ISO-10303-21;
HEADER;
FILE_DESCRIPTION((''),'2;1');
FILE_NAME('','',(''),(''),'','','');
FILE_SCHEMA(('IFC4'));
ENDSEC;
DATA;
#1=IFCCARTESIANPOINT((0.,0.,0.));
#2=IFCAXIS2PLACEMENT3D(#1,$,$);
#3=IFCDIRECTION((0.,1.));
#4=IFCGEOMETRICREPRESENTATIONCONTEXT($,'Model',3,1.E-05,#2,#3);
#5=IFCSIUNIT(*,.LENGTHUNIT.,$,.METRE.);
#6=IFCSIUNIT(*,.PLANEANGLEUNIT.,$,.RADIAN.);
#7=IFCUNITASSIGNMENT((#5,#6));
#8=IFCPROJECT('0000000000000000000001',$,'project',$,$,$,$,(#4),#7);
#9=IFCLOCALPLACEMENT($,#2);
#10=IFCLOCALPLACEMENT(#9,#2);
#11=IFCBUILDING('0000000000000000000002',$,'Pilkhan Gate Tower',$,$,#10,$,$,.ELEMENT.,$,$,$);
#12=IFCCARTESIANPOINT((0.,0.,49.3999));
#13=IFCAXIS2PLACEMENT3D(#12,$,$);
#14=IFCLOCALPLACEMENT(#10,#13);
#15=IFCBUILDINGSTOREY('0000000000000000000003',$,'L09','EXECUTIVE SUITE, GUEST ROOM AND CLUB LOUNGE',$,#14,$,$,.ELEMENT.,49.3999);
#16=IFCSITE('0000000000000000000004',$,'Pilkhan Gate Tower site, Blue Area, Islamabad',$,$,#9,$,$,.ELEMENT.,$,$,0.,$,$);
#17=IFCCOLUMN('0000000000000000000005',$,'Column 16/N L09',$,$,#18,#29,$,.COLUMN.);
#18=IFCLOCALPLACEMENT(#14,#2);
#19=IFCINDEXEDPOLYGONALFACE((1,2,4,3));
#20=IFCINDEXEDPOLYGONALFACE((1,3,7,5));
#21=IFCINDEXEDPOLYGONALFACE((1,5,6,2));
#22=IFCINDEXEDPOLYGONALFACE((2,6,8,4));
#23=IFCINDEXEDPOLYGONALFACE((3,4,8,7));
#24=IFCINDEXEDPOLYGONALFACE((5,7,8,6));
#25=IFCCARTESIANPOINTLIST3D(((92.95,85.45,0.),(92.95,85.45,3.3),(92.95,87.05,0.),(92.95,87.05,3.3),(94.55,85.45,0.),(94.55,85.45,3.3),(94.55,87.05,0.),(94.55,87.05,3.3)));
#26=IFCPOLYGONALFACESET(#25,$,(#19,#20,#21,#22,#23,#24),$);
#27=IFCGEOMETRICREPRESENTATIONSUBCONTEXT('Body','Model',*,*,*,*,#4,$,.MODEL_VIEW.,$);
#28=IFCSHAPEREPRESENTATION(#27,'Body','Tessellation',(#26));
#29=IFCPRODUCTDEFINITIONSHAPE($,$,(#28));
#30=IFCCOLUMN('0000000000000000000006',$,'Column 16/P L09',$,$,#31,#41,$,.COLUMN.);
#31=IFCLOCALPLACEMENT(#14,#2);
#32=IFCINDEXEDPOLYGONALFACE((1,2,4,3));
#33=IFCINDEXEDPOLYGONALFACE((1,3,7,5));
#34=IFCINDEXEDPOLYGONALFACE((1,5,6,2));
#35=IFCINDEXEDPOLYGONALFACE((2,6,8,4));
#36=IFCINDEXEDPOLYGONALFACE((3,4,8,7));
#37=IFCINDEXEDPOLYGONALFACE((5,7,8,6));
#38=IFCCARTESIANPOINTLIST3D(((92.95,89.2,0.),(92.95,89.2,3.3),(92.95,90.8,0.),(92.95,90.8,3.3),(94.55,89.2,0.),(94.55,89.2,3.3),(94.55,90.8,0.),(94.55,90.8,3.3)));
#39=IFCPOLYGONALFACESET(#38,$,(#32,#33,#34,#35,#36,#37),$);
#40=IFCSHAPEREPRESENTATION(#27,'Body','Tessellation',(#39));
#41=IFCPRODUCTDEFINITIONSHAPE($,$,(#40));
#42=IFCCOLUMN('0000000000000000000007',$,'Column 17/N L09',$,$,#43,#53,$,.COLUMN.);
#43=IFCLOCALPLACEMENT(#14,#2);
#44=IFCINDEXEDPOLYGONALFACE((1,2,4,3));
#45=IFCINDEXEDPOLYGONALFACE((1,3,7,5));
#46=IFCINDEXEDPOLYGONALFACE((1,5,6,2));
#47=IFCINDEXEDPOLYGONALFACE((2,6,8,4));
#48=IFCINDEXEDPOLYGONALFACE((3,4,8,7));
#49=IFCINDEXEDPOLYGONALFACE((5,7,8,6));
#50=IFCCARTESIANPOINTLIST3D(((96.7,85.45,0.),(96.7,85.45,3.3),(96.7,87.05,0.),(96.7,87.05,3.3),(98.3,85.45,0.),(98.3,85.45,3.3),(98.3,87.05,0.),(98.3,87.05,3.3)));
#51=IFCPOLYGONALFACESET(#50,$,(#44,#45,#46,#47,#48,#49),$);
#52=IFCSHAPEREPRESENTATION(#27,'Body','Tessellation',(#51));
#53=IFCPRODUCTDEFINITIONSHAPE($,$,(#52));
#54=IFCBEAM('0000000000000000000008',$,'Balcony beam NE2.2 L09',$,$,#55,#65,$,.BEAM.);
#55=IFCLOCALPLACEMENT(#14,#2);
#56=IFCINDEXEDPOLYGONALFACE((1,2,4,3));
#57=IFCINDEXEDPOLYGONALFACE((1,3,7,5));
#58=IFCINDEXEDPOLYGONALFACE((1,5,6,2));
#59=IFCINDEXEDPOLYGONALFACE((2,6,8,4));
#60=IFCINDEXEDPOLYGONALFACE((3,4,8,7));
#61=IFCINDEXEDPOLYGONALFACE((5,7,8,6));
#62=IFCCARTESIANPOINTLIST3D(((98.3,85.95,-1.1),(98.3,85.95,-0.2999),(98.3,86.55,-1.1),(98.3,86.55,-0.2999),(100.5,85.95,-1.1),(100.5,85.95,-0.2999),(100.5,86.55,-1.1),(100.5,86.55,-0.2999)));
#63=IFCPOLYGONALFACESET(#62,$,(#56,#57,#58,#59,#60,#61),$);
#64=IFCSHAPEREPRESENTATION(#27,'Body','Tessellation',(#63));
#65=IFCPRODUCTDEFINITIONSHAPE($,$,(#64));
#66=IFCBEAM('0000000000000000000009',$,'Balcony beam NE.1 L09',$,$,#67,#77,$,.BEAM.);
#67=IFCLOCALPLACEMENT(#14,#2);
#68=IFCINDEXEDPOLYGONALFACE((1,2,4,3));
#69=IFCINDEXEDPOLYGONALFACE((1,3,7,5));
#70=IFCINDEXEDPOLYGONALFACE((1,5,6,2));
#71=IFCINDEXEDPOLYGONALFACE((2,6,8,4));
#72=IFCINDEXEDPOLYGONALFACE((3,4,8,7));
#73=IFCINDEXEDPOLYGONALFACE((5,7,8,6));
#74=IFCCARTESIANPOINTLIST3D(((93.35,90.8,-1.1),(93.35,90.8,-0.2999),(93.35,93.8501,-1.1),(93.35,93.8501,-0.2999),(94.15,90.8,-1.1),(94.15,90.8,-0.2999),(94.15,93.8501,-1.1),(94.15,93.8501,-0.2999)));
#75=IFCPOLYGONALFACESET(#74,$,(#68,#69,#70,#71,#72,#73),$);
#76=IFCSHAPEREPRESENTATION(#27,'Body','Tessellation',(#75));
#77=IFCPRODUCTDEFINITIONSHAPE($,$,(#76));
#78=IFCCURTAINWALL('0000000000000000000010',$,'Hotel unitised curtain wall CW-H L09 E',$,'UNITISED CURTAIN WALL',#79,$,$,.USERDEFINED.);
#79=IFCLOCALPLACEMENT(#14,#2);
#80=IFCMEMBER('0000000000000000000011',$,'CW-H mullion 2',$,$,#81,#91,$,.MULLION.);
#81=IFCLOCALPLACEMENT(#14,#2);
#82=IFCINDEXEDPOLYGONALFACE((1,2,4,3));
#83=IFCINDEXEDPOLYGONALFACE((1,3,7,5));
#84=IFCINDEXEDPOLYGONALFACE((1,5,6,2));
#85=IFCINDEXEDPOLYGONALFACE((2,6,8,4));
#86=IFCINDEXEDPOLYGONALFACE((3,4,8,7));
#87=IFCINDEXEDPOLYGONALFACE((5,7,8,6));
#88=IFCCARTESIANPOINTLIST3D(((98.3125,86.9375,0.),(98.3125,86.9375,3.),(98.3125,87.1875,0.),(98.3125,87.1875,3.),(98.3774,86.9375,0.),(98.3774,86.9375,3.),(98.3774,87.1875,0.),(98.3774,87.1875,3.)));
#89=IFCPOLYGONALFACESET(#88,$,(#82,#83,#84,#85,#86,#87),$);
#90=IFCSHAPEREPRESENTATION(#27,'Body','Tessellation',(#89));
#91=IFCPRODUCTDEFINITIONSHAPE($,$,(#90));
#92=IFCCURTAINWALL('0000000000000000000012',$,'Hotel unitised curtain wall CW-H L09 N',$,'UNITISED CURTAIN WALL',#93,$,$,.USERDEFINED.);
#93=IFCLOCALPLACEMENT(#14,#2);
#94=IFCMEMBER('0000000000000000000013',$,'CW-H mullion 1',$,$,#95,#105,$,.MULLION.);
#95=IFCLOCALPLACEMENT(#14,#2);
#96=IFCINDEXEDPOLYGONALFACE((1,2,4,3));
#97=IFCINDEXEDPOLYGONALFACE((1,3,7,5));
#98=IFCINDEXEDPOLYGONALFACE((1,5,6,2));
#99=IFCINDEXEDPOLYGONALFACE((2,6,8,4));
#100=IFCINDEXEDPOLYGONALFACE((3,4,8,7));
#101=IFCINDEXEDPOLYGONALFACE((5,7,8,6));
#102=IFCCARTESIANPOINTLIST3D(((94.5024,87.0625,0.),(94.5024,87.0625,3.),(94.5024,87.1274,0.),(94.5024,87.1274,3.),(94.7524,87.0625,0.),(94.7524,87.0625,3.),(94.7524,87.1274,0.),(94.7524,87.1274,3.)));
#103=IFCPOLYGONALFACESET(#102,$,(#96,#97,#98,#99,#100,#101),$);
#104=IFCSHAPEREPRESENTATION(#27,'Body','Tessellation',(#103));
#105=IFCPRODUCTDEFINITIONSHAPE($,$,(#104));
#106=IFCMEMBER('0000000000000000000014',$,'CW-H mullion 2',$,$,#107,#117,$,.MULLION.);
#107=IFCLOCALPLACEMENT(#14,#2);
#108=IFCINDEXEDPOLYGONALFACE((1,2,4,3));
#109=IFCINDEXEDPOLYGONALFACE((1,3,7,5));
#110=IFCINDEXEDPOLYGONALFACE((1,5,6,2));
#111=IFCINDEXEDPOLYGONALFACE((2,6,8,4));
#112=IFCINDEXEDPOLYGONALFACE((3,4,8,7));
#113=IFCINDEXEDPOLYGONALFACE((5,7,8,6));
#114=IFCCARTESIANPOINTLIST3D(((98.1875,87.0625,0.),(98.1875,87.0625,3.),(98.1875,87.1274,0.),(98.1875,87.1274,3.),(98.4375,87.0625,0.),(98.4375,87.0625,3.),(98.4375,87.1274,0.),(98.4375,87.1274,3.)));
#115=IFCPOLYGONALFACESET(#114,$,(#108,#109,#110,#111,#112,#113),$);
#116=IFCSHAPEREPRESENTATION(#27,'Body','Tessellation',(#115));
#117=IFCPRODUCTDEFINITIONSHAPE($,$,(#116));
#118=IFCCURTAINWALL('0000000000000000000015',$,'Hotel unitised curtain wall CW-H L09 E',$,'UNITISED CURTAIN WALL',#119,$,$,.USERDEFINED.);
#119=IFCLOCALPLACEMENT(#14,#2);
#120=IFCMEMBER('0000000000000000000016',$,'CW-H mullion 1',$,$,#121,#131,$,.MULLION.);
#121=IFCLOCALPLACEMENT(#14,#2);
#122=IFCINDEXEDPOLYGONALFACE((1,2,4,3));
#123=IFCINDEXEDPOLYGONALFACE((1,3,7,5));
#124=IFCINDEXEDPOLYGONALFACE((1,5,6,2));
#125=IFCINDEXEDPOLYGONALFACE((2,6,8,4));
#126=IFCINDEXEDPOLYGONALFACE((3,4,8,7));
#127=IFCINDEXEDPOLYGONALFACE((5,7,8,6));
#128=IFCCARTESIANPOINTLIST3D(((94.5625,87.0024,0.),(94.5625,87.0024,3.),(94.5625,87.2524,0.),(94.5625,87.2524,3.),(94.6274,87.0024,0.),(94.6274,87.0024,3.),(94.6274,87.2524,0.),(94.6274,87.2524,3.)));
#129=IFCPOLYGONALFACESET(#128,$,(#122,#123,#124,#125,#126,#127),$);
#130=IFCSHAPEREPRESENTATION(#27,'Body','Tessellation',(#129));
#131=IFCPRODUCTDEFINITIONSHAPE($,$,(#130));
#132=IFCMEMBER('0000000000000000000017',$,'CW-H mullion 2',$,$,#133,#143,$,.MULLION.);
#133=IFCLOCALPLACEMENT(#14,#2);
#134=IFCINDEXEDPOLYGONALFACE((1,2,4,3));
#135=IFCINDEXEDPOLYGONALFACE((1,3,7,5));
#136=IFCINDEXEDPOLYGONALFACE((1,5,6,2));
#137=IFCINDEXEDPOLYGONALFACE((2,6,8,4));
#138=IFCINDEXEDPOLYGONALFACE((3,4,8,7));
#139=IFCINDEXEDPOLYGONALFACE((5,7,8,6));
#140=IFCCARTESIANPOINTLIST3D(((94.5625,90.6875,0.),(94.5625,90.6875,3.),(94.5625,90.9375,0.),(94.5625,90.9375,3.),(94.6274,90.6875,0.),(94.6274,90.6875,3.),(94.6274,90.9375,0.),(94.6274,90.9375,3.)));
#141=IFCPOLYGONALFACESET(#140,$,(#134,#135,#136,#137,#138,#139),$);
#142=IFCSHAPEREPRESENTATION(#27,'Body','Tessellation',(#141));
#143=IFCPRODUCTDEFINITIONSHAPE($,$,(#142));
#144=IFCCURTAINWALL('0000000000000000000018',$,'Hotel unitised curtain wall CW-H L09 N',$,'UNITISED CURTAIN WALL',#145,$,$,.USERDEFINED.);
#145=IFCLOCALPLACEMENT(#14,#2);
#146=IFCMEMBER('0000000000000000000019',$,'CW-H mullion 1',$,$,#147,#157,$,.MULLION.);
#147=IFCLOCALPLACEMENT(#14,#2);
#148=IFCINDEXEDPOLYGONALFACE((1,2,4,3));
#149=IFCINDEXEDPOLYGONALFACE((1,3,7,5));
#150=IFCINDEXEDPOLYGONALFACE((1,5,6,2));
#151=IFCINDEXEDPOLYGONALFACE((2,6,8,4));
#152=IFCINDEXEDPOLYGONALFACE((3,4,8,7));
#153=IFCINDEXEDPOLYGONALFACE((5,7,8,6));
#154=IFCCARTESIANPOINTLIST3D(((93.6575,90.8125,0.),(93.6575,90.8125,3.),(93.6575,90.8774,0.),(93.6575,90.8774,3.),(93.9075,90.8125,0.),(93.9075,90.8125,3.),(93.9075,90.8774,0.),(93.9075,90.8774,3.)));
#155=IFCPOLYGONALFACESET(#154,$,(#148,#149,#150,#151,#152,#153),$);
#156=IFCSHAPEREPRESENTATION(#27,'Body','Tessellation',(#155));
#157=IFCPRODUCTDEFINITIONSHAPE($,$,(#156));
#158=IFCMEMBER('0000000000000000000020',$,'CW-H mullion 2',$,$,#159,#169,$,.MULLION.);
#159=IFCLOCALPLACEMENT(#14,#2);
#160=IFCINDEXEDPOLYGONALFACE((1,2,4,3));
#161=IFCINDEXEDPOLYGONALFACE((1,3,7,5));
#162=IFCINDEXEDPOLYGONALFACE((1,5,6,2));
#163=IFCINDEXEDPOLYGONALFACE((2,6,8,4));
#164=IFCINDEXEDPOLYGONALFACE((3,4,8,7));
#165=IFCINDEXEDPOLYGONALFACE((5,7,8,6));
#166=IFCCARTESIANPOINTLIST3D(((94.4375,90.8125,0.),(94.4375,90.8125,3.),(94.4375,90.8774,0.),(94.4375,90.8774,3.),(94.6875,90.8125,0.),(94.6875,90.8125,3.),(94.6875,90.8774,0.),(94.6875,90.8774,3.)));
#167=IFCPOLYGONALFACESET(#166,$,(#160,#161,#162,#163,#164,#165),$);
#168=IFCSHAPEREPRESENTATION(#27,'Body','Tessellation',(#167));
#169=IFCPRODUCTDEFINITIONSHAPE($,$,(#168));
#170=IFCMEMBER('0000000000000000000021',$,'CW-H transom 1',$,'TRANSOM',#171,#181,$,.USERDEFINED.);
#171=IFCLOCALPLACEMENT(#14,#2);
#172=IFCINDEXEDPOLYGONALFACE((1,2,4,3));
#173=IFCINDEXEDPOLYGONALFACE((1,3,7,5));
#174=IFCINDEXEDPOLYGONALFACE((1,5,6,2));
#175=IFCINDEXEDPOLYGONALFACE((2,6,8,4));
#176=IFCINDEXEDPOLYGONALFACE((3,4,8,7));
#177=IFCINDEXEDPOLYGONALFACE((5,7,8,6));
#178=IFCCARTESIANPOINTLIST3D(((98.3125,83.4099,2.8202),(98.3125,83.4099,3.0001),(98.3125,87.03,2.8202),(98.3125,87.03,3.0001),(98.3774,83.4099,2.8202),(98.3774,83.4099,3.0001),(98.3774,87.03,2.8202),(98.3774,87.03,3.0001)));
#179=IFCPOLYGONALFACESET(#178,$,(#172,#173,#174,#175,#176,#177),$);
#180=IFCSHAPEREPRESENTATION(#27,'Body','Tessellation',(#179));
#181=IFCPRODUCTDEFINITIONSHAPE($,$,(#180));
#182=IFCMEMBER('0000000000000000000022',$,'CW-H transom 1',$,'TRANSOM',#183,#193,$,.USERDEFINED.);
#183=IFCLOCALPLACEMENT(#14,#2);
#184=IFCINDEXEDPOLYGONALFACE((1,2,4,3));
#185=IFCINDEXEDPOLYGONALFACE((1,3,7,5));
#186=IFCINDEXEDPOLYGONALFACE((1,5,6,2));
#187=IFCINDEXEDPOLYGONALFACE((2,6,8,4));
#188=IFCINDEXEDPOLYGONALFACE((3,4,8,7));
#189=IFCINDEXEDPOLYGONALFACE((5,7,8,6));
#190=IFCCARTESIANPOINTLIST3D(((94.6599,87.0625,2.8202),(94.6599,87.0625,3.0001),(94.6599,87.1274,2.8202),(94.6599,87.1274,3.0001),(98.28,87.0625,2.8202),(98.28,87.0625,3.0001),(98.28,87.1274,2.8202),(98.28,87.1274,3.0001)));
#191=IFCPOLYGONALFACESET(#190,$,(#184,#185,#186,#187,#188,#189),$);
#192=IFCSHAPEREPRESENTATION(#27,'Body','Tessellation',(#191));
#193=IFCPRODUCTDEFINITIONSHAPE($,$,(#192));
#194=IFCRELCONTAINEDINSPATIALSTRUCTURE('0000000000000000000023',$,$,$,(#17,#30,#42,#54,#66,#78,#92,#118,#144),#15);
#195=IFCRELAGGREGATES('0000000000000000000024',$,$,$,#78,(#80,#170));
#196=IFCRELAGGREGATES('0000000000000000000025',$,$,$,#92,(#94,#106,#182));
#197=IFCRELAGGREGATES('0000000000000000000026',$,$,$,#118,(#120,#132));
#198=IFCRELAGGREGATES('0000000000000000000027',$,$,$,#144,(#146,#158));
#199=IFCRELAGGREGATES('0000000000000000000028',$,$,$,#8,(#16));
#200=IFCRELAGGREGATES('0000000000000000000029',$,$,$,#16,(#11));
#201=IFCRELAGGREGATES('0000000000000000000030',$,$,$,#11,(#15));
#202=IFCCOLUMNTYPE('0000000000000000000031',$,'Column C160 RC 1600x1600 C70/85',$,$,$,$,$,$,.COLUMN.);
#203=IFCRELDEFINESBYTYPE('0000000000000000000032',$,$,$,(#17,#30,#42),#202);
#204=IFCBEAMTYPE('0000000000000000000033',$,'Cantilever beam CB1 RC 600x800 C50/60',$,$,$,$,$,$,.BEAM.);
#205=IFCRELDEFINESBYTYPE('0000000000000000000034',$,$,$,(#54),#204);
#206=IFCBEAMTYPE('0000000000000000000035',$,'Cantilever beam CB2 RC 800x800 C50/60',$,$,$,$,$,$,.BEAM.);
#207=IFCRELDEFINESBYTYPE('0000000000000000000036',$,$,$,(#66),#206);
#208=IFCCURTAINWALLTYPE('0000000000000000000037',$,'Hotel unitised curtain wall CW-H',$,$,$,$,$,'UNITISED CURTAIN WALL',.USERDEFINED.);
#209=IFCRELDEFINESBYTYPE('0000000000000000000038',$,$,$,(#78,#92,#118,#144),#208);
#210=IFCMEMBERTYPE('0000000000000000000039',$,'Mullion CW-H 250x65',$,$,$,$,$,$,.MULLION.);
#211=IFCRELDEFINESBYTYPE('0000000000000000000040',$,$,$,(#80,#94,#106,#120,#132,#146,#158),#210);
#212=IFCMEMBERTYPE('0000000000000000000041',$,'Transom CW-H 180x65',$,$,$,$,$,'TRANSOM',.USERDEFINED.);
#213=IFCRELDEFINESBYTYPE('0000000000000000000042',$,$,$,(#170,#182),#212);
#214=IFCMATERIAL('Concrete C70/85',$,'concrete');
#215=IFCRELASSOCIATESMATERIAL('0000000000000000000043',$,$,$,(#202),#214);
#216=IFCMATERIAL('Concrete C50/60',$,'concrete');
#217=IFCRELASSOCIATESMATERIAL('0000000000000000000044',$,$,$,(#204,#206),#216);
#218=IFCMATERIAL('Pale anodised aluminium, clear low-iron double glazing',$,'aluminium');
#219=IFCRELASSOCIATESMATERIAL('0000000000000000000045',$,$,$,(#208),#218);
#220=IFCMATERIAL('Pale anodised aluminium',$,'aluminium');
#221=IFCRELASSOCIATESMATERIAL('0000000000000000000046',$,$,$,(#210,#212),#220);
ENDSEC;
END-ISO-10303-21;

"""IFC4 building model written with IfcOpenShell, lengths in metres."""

from ifc_helpers import new_model, si_unit, direction, frame, origin, origin_2d, place, context, subcontext, project, spatial, rectangle, extrude, material, material_profile, profile_set, type_object, element, aggregate, save


model = new_model("IFC4")

# Units and contexts
model_context = context("Model", 3, precision=1e-05, world=origin(), true_north=direction((0.0, 1.0)))
body_context = subcontext(model_context, "Body", "Model", "MODEL_VIEW")
ifc_project = project(units=[si_unit("LENGTHUNIT", "METRE"), si_unit("PLANEANGLEUNIT", "RADIAN")], contexts=[model_context])

# Site, building, storey
site_placement = place(None, origin())
site = spatial("IfcSite", under=ifc_project, at=site_placement, Name="Pilkhan Gate Tower site, Blue Area, Islamabad", CompositionType="ELEMENT", RefElevation=0.0)
building_placement = place(site_placement, origin())
building = spatial("IfcBuilding", under=site, at=building_placement, Name="Pilkhan Gate Tower", CompositionType="ELEMENT")
storey_placement = place(building_placement, frame((0.0, 0.0, 49.3999)))
storey = spatial("IfcBuildingStorey", under=building, at=storey_placement, Name="L09", Description="EXECUTIVE SUITE, GUEST ROOM AND CLUB LOUNGE", CompositionType="ELEMENT", Elevation=49.3999)

# Columns
ifc_material_1 = material(Name="Concrete C70/85", Category="concrete")
ifc_material_profile_1 = material_profile(ifc_material_1, rectangle(XDim=1.6001, YDim=1.6001, at=origin_2d()), Name="RC 1600x1600")
ifc_profile_set_1 = profile_set([ifc_material_profile_1], Name="Concrete C70/85")
column_type = type_object("IfcColumnType", Name="Column C160 RC 1600x1600 C70/85", PredefinedType="COLUMN", material=ifc_profile_set_1)
for number, where, z_axis, x_axis, name in (
    (1, (93.75, 86.25, 0.0), (0.0, 0.0, 1.0), (1.0, 0.0, 0.0), "Column 16/N L09"),
    (2, (93.75, 90.0, 0.0), (0.0, 0.0, 1.0), (1.0, 0.0, 0.0), "Column 16/P L09"),
    (3, (97.5, 86.25, 0.0), (0.0, 0.0, 1.0), (1.0, 0.0, 0.0), "Column 17/N L09"),
):
    element("IfcColumn", number, at=place(storey_placement, frame(where, z_axis=z_axis, x_axis=x_axis)), inside=storey, type_object=column_type, Name=name, PredefinedType="COLUMN", context=body_context, shape_type="SweptSolid", body=[
        extrude(rectangle(XDim=1.6001, YDim=1.6001, at=origin_2d()), origin(), (0.0, 0.0, 1.0), 3.3),
    ])

# Beams
ifc_material_2 = material(Name="Concrete C50/60", Category="concrete")
ifc_material_profile_2 = material_profile(ifc_material_2, rectangle(XDim=0.6001, YDim=0.8, at=origin_2d()), Name="RC 600x800")
ifc_profile_set_2 = profile_set([ifc_material_profile_2], Name="Concrete C50/60")
beam_type_1 = type_object("IfcBeamType", Name="Cantilever beam CB1 RC 600x800 C50/60", PredefinedType="BEAM", material=ifc_profile_set_2)
beam_1_placement = place(storey_placement, frame((98.3, 86.25, -0.7), z_axis=(1.0, 0.0, 0.0), x_axis=(0.0, 1.0, 0.0)))
element("IfcBeam", 4, at=beam_1_placement, inside=storey, type_object=beam_type_1, Name="Balcony beam NE2.2 L09", PredefinedType="BEAM", context=body_context, shape_type="SweptSolid", body=[
    extrude(rectangle(XDim=0.6001, YDim=0.8, at=origin_2d()), origin(), (0.0, 0.0, 1.0), 2.2),
])
ifc_material_profile_3 = material_profile(ifc_material_2, rectangle(XDim=0.8, YDim=0.8, at=origin_2d()), Name="RC 800x800")
ifc_profile_set_3 = profile_set([ifc_material_profile_3], Name="Concrete C50/60")
beam_type_2 = type_object("IfcBeamType", Name="Cantilever beam CB2 RC 800x800 C50/60", PredefinedType="BEAM", material=ifc_profile_set_3)
beam_2_placement = place(storey_placement, frame((93.75, 90.8, -0.7), z_axis=(0.0, 1.0, 0.0), x_axis=(-1.0, 0.0, 0.0)))
element("IfcBeam", 5, at=beam_2_placement, inside=storey, type_object=beam_type_2, Name="Balcony beam NE.1 L09", PredefinedType="BEAM", context=body_context, shape_type="SweptSolid", body=[
    extrude(rectangle(XDim=0.8, YDim=0.8, at=origin_2d()), origin(), (0.0, 0.0, 1.0), 3.05),
])

# Curtain wall, member
ifc_material_3 = material(Name="Pale anodised aluminium, clear low-iron double glazing", Category="aluminium")
curtain_wall_type = type_object("IfcCurtainWallType", Name="Hotel unitised curtain wall CW-H", ElementType="UNITISED CURTAIN WALL", PredefinedType="USERDEFINED", material=ifc_material_3)
curtain_wall_1_placement = place(storey_placement, origin())
curtain_wall_1 = element("IfcCurtainWall", 6, at=curtain_wall_1_placement, inside=storey, type_object=curtain_wall_type, Name="Hotel unitised curtain wall CW-H L09 E", ObjectType="UNITISED CURTAIN WALL", PredefinedType="USERDEFINED")
ifc_material_4 = material(Name="Pale anodised aluminium", Category="aluminium")
ifc_material_profile_4 = material_profile(ifc_material_4, rectangle(XDim=0.0649, YDim=0.25, at=origin_2d()), Name="Mullion 250x65")
ifc_profile_set_4 = profile_set([ifc_material_profile_4], Name="Pale anodised aluminium")
member_type_1 = type_object("IfcMemberType", Name="Mullion CW-H 250x65", PredefinedType="MULLION", material=ifc_profile_set_4)
member_1_placement = place(storey_placement, frame((98.345, 87.0625, 0.0), z_axis=(0.0, 0.0, 1.0), x_axis=(-1.0, 0.0, 0.0)))
member_1 = element("IfcMember", 7, at=member_1_placement, type_object=member_type_1, Name="CW-H mullion 2", PredefinedType="MULLION", context=body_context, shape_type="SweptSolid", body=[
    extrude(rectangle(XDim=0.0649, YDim=0.25, at=origin_2d()), origin(), (0.0, 0.0, 1.0), 3.0),
])

# Curtain walls, members
curtain_wall_2_placement = place(storey_placement, origin())
curtain_wall_2 = element("IfcCurtainWall", 8, at=curtain_wall_2_placement, inside=storey, type_object=curtain_wall_type, Name="Hotel unitised curtain wall CW-H L09 N", ObjectType="UNITISED CURTAIN WALL", PredefinedType="USERDEFINED")
member_2_placement = place(storey_placement, frame((94.6274, 87.095, 0.0), z_axis=(0.0, 0.0, 1.0), x_axis=(0.0, 1.0, 0.0)))
member_2 = element("IfcMember", 9, at=member_2_placement, type_object=member_type_1, Name="CW-H mullion 1", PredefinedType="MULLION", context=body_context, shape_type="SweptSolid", body=[
    extrude(rectangle(XDim=0.0649, YDim=0.25, at=origin_2d()), origin(), (0.0, 0.0, 1.0), 3.0),
])
member_3_placement = place(storey_placement, frame((98.3125, 87.095, 0.0), z_axis=(0.0, 0.0, 1.0), x_axis=(0.0, 1.0, 0.0)))
member_3 = element("IfcMember", 10, at=member_3_placement, type_object=member_type_1, Name="CW-H mullion 2", PredefinedType="MULLION", context=body_context, shape_type="SweptSolid", body=[
    extrude(rectangle(XDim=0.0649, YDim=0.25, at=origin_2d()), origin(), (0.0, 0.0, 1.0), 3.0),
])
curtain_wall_3_placement = place(storey_placement, origin())
curtain_wall_3 = element("IfcCurtainWall", 11, at=curtain_wall_3_placement, inside=storey, type_object=curtain_wall_type, Name="Hotel unitised curtain wall CW-H L09 E", ObjectType="UNITISED CURTAIN WALL", PredefinedType="USERDEFINED")
member_4_placement = place(storey_placement, frame((94.595, 87.1274, 0.0), z_axis=(0.0, 0.0, 1.0), x_axis=(-1.0, 0.0, 0.0)))
member_4 = element("IfcMember", 12, at=member_4_placement, type_object=member_type_1, Name="CW-H mullion 1", PredefinedType="MULLION", context=body_context, shape_type="SweptSolid", body=[
    extrude(rectangle(XDim=0.0649, YDim=0.25, at=origin_2d()), origin(), (0.0, 0.0, 1.0), 3.0),
])
member_5_placement = place(storey_placement, frame((94.595, 90.8125, 0.0), z_axis=(0.0, 0.0, 1.0), x_axis=(-1.0, 0.0, 0.0)))
member_5 = element("IfcMember", 13, at=member_5_placement, type_object=member_type_1, Name="CW-H mullion 2", PredefinedType="MULLION", context=body_context, shape_type="SweptSolid", body=[
    extrude(rectangle(XDim=0.0649, YDim=0.25, at=origin_2d()), origin(), (0.0, 0.0, 1.0), 3.0),
])
curtain_wall_4_placement = place(storey_placement, origin())
curtain_wall_4 = element("IfcCurtainWall", 14, at=curtain_wall_4_placement, inside=storey, type_object=curtain_wall_type, Name="Hotel unitised curtain wall CW-H L09 N", ObjectType="UNITISED CURTAIN WALL", PredefinedType="USERDEFINED")
member_6_placement = place(storey_placement, frame((93.7825, 90.845, 0.0), z_axis=(0.0, 0.0, 1.0), x_axis=(0.0, 1.0, 0.0)))
member_6 = element("IfcMember", 15, at=member_6_placement, type_object=member_type_1, Name="CW-H mullion 1", PredefinedType="MULLION", context=body_context, shape_type="SweptSolid", body=[
    extrude(rectangle(XDim=0.0649, YDim=0.25, at=origin_2d()), origin(), (0.0, 0.0, 1.0), 3.0),
])
member_7_placement = place(storey_placement, frame((94.5625, 90.845, 0.0), z_axis=(0.0, 0.0, 1.0), x_axis=(0.0, 1.0, 0.0)))
member_7 = element("IfcMember", 16, at=member_7_placement, type_object=member_type_1, Name="CW-H mullion 2", PredefinedType="MULLION", context=body_context, shape_type="SweptSolid", body=[
    extrude(rectangle(XDim=0.0649, YDim=0.25, at=origin_2d()), origin(), (0.0, 0.0, 1.0), 3.0),
])

# Members
ifc_material_profile_5 = material_profile(ifc_material_4, rectangle(XDim=0.0649, YDim=0.1799, at=origin_2d()), Name="Transom 180x65")
ifc_profile_set_5 = profile_set([ifc_material_profile_5], Name="Pale anodised aluminium")
member_type_2 = type_object("IfcMemberType", Name="Transom CW-H 180x65", ElementType="TRANSOM", PredefinedType="USERDEFINED", material=ifc_profile_set_5)
member_8_placement = place(storey_placement, frame((98.345, 83.4099, 2.9102), z_axis=(0.0, 1.0, 0.0), x_axis=(-1.0, 0.0, 0.0)))
member_8 = element("IfcMember", 17, at=member_8_placement, type_object=member_type_2, Name="CW-H transom 1", ObjectType="TRANSOM", PredefinedType="USERDEFINED", context=body_context, shape_type="SweptSolid", body=[
    extrude(rectangle(XDim=0.0649, YDim=0.1799, at=origin_2d()), origin(), (0.0, 0.0, 1.0), 3.6201),
])
member_9_placement = place(storey_placement, frame((94.6599, 87.095, 2.9102), z_axis=(1.0, 0.0, 0.0), x_axis=(0.0, 1.0, 0.0)))
member_9 = element("IfcMember", 18, at=member_9_placement, type_object=member_type_2, Name="CW-H transom 1", ObjectType="TRANSOM", PredefinedType="USERDEFINED", context=body_context, shape_type="SweptSolid", body=[
    extrude(rectangle(XDim=0.0649, YDim=0.1799, at=origin_2d()), origin(), (0.0, 0.0, 1.0), 3.6201),
])

aggregate(curtain_wall_1, [member_1, member_8])
aggregate(curtain_wall_2, [member_2, member_3, member_9])
aggregate(curtain_wall_3, [member_4, member_5])
aggregate(curtain_wall_4, [member_6, member_7])

save(model, "model.ifc")
